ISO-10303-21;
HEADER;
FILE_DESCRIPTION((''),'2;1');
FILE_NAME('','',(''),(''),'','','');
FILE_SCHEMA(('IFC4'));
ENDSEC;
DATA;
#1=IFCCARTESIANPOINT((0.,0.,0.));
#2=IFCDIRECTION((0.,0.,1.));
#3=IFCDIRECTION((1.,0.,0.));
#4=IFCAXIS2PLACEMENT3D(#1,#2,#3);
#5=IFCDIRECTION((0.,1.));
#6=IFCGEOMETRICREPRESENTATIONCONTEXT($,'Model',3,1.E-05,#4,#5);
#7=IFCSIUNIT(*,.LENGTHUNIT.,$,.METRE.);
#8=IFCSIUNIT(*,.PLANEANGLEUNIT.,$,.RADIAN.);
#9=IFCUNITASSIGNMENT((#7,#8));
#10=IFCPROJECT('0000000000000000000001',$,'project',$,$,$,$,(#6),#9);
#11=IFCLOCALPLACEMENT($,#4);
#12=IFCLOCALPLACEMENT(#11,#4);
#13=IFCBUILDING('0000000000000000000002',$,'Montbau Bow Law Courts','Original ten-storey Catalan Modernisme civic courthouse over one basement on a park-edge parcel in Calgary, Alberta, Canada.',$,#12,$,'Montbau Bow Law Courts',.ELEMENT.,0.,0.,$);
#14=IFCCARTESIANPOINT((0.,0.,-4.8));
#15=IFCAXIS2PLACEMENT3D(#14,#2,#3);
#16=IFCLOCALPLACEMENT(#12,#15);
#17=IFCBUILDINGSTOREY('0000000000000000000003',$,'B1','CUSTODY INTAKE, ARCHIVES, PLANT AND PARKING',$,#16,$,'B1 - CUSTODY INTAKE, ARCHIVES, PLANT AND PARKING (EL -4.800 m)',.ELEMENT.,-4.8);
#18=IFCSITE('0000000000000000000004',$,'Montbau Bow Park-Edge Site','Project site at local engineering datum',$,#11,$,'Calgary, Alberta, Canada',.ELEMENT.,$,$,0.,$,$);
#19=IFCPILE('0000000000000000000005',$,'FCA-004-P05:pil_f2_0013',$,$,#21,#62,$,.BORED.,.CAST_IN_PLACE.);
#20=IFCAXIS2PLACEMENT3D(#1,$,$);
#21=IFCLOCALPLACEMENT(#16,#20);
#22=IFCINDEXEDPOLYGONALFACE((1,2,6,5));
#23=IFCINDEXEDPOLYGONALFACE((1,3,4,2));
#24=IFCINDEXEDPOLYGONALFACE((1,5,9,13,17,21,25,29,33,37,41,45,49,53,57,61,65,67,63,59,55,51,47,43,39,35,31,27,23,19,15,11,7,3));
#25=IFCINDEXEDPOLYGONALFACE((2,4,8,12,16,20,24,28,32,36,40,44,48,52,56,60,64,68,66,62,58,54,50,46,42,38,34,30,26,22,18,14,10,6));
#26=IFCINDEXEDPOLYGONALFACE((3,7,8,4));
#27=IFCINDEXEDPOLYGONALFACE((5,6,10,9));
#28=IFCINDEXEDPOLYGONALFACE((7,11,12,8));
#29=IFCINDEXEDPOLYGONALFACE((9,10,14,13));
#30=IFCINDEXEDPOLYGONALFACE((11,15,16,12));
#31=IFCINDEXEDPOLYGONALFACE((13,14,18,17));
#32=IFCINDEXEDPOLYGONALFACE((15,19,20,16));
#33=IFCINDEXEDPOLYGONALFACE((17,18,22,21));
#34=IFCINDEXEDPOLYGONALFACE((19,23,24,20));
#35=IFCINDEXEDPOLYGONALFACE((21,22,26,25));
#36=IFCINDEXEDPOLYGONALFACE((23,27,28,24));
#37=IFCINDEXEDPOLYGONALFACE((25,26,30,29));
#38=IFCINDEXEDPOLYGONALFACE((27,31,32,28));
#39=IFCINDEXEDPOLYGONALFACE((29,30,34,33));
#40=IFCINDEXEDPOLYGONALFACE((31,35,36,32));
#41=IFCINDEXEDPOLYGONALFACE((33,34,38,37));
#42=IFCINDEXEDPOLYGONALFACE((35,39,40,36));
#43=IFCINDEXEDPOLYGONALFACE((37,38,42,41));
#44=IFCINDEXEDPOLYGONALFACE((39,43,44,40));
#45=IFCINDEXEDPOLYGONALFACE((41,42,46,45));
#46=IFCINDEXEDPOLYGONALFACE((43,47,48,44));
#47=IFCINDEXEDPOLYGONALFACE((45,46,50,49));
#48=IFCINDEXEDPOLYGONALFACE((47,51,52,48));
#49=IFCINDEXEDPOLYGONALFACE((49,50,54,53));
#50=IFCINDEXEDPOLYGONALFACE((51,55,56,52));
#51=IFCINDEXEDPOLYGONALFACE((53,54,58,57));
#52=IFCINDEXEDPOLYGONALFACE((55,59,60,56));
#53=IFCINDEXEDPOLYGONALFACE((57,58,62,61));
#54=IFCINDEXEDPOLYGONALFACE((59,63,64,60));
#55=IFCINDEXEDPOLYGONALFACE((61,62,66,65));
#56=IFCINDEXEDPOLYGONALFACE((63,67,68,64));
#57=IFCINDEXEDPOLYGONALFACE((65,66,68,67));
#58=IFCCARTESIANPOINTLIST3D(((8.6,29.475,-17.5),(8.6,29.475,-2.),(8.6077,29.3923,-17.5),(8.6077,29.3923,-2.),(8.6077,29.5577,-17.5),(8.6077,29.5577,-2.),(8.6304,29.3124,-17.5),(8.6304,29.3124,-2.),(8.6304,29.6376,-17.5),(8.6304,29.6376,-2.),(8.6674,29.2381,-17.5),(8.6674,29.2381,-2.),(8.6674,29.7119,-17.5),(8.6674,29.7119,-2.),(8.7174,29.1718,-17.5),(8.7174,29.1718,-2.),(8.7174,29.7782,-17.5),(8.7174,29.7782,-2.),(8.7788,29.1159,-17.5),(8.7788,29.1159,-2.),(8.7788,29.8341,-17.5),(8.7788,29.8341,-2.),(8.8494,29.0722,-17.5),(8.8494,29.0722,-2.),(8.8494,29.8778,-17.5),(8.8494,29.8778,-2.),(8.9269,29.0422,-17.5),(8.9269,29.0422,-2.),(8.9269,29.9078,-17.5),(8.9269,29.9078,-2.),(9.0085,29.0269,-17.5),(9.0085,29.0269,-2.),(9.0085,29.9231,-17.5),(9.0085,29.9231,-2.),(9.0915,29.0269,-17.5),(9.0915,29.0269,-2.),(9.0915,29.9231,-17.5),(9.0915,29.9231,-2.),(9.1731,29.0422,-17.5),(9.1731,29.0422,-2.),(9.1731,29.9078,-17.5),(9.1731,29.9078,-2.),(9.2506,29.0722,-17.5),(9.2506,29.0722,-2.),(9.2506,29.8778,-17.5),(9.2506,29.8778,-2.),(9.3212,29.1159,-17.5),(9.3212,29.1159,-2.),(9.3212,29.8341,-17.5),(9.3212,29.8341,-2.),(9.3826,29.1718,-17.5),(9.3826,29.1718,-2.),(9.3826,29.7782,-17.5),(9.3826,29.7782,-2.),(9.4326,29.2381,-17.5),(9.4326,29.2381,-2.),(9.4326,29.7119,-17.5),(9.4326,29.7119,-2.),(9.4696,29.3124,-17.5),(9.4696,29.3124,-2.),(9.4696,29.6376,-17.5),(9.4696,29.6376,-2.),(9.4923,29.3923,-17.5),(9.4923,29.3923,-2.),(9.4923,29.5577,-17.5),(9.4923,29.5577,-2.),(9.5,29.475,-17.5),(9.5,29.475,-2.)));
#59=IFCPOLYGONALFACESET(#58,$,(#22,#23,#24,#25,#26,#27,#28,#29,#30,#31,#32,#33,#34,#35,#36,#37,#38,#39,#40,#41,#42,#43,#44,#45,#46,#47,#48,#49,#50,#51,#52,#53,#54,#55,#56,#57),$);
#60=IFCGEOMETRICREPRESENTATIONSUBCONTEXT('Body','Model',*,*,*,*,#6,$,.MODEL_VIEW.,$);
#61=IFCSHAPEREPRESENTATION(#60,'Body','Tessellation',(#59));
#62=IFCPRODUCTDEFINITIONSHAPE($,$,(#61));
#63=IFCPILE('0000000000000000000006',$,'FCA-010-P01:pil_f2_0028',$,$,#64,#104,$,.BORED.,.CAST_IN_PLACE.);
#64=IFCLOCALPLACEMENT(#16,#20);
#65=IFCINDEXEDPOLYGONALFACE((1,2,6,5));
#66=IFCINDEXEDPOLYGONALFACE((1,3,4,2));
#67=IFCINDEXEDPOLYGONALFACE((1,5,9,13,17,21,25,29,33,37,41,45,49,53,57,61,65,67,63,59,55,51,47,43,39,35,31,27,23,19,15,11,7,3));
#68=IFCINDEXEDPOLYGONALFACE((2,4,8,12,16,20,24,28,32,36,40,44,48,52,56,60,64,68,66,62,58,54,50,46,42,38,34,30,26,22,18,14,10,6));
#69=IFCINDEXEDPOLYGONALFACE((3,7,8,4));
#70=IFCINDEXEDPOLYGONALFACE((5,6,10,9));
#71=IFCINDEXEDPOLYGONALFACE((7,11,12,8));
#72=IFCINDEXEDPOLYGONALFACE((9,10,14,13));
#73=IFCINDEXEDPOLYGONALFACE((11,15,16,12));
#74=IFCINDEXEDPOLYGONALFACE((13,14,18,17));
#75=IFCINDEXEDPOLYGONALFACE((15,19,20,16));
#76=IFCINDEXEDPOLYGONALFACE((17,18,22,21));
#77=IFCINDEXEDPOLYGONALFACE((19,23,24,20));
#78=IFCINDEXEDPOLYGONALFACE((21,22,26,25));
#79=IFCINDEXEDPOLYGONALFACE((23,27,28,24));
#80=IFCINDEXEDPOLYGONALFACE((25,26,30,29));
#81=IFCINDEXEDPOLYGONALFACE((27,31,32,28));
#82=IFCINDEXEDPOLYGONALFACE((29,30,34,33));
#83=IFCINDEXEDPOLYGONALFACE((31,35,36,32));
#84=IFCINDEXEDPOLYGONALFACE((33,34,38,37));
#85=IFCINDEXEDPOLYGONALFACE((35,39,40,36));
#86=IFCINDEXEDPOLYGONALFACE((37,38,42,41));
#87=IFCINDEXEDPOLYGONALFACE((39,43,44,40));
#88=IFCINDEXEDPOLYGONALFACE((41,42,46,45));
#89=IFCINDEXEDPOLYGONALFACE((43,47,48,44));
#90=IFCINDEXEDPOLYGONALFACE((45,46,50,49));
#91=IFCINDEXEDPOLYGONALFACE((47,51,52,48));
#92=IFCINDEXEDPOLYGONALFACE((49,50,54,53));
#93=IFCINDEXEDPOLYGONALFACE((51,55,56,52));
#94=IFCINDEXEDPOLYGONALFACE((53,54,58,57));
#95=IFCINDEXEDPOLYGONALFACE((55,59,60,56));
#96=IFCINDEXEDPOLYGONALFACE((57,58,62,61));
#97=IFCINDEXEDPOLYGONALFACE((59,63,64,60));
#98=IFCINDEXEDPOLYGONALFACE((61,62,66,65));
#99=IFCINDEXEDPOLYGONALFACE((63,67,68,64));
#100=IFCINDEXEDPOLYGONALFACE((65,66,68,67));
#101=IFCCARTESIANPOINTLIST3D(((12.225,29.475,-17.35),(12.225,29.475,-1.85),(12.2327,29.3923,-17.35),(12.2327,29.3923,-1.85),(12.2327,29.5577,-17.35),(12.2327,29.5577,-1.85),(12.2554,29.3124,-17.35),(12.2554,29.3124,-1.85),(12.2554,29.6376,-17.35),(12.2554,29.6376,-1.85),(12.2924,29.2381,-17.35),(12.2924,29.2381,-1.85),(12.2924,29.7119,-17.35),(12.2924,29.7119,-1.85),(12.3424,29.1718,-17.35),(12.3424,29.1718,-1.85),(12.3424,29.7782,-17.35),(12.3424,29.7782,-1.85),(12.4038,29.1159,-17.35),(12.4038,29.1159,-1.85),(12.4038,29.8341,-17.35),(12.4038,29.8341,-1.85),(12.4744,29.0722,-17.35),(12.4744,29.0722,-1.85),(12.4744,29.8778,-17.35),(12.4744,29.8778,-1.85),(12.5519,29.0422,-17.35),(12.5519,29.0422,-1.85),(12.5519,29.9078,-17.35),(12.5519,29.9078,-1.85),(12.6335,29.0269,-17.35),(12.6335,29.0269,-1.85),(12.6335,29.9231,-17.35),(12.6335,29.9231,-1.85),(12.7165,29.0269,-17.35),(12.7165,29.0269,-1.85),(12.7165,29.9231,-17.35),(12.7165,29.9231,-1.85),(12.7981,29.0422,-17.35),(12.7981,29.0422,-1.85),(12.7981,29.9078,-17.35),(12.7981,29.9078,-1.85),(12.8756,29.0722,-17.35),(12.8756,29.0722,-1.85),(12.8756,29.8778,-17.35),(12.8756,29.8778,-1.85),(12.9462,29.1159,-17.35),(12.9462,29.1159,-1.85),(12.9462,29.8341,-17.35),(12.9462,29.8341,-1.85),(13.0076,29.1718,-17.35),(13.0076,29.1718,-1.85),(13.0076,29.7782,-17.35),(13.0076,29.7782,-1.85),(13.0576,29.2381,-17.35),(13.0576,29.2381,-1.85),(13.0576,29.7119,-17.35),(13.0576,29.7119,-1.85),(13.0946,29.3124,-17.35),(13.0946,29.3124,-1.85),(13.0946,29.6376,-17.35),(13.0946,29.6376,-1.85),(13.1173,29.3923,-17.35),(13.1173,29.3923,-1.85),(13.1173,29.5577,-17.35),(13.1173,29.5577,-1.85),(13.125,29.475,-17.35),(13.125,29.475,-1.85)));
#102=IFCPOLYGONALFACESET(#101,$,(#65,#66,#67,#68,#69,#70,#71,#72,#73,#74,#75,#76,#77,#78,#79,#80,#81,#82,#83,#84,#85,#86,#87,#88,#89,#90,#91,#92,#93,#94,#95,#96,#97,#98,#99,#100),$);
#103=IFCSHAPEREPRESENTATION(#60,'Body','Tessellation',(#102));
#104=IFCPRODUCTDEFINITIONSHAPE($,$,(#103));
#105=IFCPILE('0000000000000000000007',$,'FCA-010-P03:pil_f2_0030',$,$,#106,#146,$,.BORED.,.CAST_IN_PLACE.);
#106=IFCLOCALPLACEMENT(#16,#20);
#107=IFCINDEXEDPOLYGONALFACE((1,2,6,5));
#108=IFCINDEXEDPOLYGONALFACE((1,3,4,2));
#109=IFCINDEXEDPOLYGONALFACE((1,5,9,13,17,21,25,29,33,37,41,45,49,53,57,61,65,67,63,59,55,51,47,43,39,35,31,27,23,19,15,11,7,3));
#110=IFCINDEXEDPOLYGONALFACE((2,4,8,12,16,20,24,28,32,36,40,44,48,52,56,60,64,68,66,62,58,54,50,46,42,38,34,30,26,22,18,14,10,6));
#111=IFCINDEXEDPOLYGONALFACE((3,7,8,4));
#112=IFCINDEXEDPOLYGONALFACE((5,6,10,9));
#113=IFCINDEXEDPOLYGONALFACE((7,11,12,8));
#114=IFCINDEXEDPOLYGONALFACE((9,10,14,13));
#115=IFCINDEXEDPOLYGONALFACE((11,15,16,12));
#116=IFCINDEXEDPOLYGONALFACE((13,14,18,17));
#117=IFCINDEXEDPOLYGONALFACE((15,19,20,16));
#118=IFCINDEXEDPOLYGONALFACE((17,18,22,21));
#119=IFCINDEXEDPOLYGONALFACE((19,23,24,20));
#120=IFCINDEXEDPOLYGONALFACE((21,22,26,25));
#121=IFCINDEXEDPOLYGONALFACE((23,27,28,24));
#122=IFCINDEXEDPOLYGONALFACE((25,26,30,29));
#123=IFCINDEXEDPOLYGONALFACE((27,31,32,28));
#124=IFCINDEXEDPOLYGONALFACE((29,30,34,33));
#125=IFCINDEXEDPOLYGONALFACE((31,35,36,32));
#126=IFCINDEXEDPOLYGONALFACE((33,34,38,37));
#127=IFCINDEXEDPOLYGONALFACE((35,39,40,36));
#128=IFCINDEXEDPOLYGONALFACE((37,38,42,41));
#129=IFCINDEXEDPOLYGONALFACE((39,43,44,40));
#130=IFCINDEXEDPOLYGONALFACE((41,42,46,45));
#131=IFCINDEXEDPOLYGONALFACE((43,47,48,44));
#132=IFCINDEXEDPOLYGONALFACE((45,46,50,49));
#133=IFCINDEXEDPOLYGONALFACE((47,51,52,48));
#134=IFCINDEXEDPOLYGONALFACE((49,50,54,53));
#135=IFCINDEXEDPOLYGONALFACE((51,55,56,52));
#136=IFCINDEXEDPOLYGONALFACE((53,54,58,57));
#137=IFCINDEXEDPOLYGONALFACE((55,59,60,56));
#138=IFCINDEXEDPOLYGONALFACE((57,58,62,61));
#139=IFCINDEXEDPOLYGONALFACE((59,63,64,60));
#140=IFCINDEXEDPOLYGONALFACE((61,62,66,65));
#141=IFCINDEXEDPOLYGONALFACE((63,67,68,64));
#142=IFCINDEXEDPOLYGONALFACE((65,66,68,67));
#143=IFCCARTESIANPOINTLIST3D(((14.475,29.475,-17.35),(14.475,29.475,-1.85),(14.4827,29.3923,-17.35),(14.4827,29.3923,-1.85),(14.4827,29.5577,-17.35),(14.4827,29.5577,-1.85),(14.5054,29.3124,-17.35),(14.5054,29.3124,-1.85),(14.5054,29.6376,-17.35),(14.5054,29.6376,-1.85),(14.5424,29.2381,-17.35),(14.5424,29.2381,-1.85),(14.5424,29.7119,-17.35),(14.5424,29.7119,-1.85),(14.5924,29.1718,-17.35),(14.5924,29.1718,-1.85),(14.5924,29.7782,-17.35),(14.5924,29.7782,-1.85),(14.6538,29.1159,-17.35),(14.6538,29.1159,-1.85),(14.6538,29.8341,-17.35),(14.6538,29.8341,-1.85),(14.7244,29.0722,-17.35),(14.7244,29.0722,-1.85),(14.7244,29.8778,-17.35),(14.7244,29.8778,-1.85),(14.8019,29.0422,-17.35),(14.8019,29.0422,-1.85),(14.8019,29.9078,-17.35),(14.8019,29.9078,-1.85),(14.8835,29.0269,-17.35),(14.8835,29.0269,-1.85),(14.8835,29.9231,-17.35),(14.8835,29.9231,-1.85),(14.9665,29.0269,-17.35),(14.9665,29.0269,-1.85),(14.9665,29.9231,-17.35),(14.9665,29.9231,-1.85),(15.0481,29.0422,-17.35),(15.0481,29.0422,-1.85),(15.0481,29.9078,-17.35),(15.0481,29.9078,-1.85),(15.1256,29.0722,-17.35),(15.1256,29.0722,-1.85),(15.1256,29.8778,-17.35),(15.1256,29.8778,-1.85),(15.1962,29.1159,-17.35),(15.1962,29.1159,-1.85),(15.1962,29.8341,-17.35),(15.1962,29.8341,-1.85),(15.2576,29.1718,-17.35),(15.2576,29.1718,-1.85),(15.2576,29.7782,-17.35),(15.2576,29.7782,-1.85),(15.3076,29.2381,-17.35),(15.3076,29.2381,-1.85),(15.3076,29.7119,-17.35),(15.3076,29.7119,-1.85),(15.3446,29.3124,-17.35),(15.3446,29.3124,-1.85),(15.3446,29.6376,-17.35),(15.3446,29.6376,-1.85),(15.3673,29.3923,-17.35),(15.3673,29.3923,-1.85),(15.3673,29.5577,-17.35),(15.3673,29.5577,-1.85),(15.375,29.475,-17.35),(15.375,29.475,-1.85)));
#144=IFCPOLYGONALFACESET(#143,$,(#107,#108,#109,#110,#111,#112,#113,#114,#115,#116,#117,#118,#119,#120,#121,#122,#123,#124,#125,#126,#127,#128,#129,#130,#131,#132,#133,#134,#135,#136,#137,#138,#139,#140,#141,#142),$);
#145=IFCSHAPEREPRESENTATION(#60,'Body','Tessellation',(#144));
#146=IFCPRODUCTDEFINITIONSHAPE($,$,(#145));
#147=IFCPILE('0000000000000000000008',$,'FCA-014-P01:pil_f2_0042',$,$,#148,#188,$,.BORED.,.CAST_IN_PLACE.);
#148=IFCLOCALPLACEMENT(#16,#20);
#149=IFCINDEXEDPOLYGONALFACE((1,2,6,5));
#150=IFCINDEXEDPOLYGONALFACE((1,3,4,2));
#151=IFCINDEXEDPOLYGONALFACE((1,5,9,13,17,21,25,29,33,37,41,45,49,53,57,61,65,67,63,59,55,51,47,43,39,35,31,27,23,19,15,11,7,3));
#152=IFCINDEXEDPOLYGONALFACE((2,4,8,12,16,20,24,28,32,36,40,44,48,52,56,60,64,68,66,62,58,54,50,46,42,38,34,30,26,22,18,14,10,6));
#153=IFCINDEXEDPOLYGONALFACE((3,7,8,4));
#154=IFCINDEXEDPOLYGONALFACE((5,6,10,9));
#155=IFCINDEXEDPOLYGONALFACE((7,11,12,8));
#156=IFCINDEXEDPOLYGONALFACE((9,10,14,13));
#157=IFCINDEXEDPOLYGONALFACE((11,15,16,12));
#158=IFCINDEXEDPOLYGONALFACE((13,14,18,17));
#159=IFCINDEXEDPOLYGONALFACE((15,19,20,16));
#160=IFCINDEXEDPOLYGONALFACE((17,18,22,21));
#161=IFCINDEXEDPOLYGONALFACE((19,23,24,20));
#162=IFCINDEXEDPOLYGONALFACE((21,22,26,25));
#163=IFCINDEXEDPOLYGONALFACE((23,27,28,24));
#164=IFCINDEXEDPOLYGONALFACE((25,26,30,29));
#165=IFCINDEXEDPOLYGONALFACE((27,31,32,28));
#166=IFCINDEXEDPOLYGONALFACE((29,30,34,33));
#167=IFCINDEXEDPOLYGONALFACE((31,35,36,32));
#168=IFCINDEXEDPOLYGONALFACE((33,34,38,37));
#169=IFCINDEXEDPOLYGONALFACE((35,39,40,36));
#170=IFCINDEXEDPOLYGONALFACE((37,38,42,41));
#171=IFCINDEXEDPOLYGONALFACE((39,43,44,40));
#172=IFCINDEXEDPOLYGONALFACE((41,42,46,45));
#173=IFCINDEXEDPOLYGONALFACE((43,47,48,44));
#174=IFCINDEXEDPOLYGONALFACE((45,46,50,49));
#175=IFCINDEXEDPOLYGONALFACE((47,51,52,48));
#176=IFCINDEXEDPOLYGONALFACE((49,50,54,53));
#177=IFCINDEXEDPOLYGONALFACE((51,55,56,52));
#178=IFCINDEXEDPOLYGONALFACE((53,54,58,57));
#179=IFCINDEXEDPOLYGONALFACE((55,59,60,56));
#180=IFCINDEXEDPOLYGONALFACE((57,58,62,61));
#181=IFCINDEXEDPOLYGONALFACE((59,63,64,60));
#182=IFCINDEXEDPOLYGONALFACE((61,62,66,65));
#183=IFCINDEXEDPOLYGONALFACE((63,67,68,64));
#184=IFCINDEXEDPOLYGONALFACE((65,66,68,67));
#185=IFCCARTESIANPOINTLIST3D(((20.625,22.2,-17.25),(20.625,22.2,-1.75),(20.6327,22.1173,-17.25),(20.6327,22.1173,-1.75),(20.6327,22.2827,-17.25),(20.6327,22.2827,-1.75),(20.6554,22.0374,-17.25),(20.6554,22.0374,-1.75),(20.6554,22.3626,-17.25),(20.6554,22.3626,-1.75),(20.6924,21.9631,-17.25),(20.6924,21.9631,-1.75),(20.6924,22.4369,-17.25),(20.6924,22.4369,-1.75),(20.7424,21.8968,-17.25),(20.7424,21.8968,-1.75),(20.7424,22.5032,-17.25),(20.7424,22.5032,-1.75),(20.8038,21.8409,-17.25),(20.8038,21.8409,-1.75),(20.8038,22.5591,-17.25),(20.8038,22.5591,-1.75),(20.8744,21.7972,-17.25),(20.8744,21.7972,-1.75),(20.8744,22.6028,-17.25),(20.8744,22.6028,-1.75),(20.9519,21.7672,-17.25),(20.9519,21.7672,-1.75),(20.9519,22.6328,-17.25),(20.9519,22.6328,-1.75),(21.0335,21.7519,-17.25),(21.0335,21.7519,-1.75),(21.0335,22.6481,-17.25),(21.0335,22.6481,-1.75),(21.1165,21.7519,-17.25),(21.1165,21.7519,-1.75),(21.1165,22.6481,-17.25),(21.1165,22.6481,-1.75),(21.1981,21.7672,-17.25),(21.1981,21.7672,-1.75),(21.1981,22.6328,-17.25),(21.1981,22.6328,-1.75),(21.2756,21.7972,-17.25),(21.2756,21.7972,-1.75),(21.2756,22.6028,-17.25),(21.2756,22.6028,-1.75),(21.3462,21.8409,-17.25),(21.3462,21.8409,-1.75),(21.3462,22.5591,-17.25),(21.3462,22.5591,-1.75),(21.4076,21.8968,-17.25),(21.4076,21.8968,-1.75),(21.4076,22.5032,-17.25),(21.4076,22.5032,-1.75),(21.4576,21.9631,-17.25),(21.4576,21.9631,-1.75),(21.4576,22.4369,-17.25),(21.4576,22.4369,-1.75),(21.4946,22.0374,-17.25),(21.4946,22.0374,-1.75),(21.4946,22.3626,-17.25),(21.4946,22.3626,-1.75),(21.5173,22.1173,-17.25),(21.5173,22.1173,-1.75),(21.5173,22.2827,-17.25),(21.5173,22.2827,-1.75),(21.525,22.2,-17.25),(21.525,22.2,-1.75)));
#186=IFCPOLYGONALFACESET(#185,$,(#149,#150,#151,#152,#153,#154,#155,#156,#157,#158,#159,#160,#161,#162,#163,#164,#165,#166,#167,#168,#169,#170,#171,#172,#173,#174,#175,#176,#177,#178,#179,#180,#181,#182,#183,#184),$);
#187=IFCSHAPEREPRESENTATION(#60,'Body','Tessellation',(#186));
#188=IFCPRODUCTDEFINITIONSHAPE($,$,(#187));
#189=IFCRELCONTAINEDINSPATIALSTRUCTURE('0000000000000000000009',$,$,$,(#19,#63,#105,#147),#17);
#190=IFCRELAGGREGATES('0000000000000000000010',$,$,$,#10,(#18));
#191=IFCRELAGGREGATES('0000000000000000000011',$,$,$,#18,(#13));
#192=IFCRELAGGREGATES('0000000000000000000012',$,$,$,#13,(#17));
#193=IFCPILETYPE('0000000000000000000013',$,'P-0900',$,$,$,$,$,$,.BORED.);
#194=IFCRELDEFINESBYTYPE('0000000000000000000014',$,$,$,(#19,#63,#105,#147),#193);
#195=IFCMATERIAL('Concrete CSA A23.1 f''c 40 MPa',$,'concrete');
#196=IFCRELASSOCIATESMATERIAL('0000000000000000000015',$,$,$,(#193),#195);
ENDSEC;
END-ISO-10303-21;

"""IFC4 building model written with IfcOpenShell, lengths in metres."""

from ifc_helpers import new_model, si_unit, direction, frame, origin_with_axes, origin_2d_with_axis, place, context, subcontext, project, spatial, circle, extrude, material, material_profile, profile_set, type_object, element, save


model = new_model("IFC4")

# Units and contexts
model_context = context("Model", 3, precision=1e-05, world=origin_with_axes(), true_north=direction((0.0, 1.0)))
body_context = subcontext(model_context, "Body", "Model", "MODEL_VIEW")
ifc_project = project(units=[si_unit("LENGTHUNIT", "METRE"), si_unit("PLANEANGLEUNIT", "RADIAN")], contexts=[model_context])

# Site, building, storey
site_placement = place(None, origin_with_axes())
site = spatial("IfcSite", under=ifc_project, at=site_placement, Name="Montbau Bow Park-Edge Site", Description="Project site at local engineering datum", LongName="Calgary, Alberta, Canada", CompositionType="ELEMENT", RefElevation=0.0)
building_placement = place(site_placement, origin_with_axes())
building = spatial("IfcBuilding", under=site, at=building_placement, Name="Montbau Bow Law Courts", Description="Original ten-storey Catalan Modernisme civic courthouse over one basement on a park-edge parcel in Calgary, Alberta, Canada.", LongName="Montbau Bow Law Courts", CompositionType="ELEMENT", ElevationOfRefHeight=0.0, ElevationOfTerrain=0.0)
storey_placement = place(building_placement, frame((0.0, 0.0, -4.8), z_axis=(0.0, 0.0, 1.0), x_axis=(1.0, 0.0, 0.0)))
storey = spatial("IfcBuildingStorey", under=building, at=storey_placement, Name="B1", Description="CUSTODY INTAKE, ARCHIVES, PLANT AND PARKING", LongName="B1 - CUSTODY INTAKE, ARCHIVES, PLANT AND PARKING (EL -4.800 m)", CompositionType="ELEMENT", Elevation=-4.8)

# Piles
ifc_material_1 = material(Name="Concrete CSA A23.1 f'c 40 MPa", Category="concrete")
ifc_material_profile_1 = material_profile(ifc_material_1, circle(Radius=0.45, at=origin_2d_with_axis()), Name="BP900", Category="Main", Priority=0)
ifc_profile_set_1 = profile_set([ifc_material_profile_1], Name="Concrete CSA A23.1 f'c 40 MPa")
pile_type_1 = type_object("IfcPileType", Name="P-0900", PredefinedType="BORED", material=ifc_profile_set_1)
for number, where, z_axis, x_axis, name in (
    (1, (9.05, 29.475, -22.3), (0.0, 0.0, 1.0), (1.0, 0.0, 0.0), "FCA-004-P05:pil_f2_0013"),
    (2, (12.675, 29.475, -22.15), (0.0, 0.0, 1.0), (1.0, 0.0, 0.0), "FCA-010-P01:pil_f2_0028"),
    (3, (14.925, 29.475, -22.15), (0.0, 0.0, 1.0), (1.0, 0.0, 0.0), "FCA-010-P03:pil_f2_0030"),
    (4, (21.075, 22.2, -22.05), (0.0, 0.0, 1.0), (1.0, 0.0, 0.0), "FCA-014-P01:pil_f2_0042"),
):
    element("IfcPile", number, at=place(None, frame(where, z_axis=z_axis, x_axis=x_axis)), inside=storey, type_object=pile_type_1, Name=name, ConstructionType="CAST_IN_PLACE", PredefinedType="BORED", context=body_context, shape_type="SweptSolid", body=[
        extrude(circle(Radius=0.45, at=origin_2d_with_axis()), origin_with_axes(), (0.0, 0.0, 1.0), 15.5),
    ])

save(model, "model.ifc")
